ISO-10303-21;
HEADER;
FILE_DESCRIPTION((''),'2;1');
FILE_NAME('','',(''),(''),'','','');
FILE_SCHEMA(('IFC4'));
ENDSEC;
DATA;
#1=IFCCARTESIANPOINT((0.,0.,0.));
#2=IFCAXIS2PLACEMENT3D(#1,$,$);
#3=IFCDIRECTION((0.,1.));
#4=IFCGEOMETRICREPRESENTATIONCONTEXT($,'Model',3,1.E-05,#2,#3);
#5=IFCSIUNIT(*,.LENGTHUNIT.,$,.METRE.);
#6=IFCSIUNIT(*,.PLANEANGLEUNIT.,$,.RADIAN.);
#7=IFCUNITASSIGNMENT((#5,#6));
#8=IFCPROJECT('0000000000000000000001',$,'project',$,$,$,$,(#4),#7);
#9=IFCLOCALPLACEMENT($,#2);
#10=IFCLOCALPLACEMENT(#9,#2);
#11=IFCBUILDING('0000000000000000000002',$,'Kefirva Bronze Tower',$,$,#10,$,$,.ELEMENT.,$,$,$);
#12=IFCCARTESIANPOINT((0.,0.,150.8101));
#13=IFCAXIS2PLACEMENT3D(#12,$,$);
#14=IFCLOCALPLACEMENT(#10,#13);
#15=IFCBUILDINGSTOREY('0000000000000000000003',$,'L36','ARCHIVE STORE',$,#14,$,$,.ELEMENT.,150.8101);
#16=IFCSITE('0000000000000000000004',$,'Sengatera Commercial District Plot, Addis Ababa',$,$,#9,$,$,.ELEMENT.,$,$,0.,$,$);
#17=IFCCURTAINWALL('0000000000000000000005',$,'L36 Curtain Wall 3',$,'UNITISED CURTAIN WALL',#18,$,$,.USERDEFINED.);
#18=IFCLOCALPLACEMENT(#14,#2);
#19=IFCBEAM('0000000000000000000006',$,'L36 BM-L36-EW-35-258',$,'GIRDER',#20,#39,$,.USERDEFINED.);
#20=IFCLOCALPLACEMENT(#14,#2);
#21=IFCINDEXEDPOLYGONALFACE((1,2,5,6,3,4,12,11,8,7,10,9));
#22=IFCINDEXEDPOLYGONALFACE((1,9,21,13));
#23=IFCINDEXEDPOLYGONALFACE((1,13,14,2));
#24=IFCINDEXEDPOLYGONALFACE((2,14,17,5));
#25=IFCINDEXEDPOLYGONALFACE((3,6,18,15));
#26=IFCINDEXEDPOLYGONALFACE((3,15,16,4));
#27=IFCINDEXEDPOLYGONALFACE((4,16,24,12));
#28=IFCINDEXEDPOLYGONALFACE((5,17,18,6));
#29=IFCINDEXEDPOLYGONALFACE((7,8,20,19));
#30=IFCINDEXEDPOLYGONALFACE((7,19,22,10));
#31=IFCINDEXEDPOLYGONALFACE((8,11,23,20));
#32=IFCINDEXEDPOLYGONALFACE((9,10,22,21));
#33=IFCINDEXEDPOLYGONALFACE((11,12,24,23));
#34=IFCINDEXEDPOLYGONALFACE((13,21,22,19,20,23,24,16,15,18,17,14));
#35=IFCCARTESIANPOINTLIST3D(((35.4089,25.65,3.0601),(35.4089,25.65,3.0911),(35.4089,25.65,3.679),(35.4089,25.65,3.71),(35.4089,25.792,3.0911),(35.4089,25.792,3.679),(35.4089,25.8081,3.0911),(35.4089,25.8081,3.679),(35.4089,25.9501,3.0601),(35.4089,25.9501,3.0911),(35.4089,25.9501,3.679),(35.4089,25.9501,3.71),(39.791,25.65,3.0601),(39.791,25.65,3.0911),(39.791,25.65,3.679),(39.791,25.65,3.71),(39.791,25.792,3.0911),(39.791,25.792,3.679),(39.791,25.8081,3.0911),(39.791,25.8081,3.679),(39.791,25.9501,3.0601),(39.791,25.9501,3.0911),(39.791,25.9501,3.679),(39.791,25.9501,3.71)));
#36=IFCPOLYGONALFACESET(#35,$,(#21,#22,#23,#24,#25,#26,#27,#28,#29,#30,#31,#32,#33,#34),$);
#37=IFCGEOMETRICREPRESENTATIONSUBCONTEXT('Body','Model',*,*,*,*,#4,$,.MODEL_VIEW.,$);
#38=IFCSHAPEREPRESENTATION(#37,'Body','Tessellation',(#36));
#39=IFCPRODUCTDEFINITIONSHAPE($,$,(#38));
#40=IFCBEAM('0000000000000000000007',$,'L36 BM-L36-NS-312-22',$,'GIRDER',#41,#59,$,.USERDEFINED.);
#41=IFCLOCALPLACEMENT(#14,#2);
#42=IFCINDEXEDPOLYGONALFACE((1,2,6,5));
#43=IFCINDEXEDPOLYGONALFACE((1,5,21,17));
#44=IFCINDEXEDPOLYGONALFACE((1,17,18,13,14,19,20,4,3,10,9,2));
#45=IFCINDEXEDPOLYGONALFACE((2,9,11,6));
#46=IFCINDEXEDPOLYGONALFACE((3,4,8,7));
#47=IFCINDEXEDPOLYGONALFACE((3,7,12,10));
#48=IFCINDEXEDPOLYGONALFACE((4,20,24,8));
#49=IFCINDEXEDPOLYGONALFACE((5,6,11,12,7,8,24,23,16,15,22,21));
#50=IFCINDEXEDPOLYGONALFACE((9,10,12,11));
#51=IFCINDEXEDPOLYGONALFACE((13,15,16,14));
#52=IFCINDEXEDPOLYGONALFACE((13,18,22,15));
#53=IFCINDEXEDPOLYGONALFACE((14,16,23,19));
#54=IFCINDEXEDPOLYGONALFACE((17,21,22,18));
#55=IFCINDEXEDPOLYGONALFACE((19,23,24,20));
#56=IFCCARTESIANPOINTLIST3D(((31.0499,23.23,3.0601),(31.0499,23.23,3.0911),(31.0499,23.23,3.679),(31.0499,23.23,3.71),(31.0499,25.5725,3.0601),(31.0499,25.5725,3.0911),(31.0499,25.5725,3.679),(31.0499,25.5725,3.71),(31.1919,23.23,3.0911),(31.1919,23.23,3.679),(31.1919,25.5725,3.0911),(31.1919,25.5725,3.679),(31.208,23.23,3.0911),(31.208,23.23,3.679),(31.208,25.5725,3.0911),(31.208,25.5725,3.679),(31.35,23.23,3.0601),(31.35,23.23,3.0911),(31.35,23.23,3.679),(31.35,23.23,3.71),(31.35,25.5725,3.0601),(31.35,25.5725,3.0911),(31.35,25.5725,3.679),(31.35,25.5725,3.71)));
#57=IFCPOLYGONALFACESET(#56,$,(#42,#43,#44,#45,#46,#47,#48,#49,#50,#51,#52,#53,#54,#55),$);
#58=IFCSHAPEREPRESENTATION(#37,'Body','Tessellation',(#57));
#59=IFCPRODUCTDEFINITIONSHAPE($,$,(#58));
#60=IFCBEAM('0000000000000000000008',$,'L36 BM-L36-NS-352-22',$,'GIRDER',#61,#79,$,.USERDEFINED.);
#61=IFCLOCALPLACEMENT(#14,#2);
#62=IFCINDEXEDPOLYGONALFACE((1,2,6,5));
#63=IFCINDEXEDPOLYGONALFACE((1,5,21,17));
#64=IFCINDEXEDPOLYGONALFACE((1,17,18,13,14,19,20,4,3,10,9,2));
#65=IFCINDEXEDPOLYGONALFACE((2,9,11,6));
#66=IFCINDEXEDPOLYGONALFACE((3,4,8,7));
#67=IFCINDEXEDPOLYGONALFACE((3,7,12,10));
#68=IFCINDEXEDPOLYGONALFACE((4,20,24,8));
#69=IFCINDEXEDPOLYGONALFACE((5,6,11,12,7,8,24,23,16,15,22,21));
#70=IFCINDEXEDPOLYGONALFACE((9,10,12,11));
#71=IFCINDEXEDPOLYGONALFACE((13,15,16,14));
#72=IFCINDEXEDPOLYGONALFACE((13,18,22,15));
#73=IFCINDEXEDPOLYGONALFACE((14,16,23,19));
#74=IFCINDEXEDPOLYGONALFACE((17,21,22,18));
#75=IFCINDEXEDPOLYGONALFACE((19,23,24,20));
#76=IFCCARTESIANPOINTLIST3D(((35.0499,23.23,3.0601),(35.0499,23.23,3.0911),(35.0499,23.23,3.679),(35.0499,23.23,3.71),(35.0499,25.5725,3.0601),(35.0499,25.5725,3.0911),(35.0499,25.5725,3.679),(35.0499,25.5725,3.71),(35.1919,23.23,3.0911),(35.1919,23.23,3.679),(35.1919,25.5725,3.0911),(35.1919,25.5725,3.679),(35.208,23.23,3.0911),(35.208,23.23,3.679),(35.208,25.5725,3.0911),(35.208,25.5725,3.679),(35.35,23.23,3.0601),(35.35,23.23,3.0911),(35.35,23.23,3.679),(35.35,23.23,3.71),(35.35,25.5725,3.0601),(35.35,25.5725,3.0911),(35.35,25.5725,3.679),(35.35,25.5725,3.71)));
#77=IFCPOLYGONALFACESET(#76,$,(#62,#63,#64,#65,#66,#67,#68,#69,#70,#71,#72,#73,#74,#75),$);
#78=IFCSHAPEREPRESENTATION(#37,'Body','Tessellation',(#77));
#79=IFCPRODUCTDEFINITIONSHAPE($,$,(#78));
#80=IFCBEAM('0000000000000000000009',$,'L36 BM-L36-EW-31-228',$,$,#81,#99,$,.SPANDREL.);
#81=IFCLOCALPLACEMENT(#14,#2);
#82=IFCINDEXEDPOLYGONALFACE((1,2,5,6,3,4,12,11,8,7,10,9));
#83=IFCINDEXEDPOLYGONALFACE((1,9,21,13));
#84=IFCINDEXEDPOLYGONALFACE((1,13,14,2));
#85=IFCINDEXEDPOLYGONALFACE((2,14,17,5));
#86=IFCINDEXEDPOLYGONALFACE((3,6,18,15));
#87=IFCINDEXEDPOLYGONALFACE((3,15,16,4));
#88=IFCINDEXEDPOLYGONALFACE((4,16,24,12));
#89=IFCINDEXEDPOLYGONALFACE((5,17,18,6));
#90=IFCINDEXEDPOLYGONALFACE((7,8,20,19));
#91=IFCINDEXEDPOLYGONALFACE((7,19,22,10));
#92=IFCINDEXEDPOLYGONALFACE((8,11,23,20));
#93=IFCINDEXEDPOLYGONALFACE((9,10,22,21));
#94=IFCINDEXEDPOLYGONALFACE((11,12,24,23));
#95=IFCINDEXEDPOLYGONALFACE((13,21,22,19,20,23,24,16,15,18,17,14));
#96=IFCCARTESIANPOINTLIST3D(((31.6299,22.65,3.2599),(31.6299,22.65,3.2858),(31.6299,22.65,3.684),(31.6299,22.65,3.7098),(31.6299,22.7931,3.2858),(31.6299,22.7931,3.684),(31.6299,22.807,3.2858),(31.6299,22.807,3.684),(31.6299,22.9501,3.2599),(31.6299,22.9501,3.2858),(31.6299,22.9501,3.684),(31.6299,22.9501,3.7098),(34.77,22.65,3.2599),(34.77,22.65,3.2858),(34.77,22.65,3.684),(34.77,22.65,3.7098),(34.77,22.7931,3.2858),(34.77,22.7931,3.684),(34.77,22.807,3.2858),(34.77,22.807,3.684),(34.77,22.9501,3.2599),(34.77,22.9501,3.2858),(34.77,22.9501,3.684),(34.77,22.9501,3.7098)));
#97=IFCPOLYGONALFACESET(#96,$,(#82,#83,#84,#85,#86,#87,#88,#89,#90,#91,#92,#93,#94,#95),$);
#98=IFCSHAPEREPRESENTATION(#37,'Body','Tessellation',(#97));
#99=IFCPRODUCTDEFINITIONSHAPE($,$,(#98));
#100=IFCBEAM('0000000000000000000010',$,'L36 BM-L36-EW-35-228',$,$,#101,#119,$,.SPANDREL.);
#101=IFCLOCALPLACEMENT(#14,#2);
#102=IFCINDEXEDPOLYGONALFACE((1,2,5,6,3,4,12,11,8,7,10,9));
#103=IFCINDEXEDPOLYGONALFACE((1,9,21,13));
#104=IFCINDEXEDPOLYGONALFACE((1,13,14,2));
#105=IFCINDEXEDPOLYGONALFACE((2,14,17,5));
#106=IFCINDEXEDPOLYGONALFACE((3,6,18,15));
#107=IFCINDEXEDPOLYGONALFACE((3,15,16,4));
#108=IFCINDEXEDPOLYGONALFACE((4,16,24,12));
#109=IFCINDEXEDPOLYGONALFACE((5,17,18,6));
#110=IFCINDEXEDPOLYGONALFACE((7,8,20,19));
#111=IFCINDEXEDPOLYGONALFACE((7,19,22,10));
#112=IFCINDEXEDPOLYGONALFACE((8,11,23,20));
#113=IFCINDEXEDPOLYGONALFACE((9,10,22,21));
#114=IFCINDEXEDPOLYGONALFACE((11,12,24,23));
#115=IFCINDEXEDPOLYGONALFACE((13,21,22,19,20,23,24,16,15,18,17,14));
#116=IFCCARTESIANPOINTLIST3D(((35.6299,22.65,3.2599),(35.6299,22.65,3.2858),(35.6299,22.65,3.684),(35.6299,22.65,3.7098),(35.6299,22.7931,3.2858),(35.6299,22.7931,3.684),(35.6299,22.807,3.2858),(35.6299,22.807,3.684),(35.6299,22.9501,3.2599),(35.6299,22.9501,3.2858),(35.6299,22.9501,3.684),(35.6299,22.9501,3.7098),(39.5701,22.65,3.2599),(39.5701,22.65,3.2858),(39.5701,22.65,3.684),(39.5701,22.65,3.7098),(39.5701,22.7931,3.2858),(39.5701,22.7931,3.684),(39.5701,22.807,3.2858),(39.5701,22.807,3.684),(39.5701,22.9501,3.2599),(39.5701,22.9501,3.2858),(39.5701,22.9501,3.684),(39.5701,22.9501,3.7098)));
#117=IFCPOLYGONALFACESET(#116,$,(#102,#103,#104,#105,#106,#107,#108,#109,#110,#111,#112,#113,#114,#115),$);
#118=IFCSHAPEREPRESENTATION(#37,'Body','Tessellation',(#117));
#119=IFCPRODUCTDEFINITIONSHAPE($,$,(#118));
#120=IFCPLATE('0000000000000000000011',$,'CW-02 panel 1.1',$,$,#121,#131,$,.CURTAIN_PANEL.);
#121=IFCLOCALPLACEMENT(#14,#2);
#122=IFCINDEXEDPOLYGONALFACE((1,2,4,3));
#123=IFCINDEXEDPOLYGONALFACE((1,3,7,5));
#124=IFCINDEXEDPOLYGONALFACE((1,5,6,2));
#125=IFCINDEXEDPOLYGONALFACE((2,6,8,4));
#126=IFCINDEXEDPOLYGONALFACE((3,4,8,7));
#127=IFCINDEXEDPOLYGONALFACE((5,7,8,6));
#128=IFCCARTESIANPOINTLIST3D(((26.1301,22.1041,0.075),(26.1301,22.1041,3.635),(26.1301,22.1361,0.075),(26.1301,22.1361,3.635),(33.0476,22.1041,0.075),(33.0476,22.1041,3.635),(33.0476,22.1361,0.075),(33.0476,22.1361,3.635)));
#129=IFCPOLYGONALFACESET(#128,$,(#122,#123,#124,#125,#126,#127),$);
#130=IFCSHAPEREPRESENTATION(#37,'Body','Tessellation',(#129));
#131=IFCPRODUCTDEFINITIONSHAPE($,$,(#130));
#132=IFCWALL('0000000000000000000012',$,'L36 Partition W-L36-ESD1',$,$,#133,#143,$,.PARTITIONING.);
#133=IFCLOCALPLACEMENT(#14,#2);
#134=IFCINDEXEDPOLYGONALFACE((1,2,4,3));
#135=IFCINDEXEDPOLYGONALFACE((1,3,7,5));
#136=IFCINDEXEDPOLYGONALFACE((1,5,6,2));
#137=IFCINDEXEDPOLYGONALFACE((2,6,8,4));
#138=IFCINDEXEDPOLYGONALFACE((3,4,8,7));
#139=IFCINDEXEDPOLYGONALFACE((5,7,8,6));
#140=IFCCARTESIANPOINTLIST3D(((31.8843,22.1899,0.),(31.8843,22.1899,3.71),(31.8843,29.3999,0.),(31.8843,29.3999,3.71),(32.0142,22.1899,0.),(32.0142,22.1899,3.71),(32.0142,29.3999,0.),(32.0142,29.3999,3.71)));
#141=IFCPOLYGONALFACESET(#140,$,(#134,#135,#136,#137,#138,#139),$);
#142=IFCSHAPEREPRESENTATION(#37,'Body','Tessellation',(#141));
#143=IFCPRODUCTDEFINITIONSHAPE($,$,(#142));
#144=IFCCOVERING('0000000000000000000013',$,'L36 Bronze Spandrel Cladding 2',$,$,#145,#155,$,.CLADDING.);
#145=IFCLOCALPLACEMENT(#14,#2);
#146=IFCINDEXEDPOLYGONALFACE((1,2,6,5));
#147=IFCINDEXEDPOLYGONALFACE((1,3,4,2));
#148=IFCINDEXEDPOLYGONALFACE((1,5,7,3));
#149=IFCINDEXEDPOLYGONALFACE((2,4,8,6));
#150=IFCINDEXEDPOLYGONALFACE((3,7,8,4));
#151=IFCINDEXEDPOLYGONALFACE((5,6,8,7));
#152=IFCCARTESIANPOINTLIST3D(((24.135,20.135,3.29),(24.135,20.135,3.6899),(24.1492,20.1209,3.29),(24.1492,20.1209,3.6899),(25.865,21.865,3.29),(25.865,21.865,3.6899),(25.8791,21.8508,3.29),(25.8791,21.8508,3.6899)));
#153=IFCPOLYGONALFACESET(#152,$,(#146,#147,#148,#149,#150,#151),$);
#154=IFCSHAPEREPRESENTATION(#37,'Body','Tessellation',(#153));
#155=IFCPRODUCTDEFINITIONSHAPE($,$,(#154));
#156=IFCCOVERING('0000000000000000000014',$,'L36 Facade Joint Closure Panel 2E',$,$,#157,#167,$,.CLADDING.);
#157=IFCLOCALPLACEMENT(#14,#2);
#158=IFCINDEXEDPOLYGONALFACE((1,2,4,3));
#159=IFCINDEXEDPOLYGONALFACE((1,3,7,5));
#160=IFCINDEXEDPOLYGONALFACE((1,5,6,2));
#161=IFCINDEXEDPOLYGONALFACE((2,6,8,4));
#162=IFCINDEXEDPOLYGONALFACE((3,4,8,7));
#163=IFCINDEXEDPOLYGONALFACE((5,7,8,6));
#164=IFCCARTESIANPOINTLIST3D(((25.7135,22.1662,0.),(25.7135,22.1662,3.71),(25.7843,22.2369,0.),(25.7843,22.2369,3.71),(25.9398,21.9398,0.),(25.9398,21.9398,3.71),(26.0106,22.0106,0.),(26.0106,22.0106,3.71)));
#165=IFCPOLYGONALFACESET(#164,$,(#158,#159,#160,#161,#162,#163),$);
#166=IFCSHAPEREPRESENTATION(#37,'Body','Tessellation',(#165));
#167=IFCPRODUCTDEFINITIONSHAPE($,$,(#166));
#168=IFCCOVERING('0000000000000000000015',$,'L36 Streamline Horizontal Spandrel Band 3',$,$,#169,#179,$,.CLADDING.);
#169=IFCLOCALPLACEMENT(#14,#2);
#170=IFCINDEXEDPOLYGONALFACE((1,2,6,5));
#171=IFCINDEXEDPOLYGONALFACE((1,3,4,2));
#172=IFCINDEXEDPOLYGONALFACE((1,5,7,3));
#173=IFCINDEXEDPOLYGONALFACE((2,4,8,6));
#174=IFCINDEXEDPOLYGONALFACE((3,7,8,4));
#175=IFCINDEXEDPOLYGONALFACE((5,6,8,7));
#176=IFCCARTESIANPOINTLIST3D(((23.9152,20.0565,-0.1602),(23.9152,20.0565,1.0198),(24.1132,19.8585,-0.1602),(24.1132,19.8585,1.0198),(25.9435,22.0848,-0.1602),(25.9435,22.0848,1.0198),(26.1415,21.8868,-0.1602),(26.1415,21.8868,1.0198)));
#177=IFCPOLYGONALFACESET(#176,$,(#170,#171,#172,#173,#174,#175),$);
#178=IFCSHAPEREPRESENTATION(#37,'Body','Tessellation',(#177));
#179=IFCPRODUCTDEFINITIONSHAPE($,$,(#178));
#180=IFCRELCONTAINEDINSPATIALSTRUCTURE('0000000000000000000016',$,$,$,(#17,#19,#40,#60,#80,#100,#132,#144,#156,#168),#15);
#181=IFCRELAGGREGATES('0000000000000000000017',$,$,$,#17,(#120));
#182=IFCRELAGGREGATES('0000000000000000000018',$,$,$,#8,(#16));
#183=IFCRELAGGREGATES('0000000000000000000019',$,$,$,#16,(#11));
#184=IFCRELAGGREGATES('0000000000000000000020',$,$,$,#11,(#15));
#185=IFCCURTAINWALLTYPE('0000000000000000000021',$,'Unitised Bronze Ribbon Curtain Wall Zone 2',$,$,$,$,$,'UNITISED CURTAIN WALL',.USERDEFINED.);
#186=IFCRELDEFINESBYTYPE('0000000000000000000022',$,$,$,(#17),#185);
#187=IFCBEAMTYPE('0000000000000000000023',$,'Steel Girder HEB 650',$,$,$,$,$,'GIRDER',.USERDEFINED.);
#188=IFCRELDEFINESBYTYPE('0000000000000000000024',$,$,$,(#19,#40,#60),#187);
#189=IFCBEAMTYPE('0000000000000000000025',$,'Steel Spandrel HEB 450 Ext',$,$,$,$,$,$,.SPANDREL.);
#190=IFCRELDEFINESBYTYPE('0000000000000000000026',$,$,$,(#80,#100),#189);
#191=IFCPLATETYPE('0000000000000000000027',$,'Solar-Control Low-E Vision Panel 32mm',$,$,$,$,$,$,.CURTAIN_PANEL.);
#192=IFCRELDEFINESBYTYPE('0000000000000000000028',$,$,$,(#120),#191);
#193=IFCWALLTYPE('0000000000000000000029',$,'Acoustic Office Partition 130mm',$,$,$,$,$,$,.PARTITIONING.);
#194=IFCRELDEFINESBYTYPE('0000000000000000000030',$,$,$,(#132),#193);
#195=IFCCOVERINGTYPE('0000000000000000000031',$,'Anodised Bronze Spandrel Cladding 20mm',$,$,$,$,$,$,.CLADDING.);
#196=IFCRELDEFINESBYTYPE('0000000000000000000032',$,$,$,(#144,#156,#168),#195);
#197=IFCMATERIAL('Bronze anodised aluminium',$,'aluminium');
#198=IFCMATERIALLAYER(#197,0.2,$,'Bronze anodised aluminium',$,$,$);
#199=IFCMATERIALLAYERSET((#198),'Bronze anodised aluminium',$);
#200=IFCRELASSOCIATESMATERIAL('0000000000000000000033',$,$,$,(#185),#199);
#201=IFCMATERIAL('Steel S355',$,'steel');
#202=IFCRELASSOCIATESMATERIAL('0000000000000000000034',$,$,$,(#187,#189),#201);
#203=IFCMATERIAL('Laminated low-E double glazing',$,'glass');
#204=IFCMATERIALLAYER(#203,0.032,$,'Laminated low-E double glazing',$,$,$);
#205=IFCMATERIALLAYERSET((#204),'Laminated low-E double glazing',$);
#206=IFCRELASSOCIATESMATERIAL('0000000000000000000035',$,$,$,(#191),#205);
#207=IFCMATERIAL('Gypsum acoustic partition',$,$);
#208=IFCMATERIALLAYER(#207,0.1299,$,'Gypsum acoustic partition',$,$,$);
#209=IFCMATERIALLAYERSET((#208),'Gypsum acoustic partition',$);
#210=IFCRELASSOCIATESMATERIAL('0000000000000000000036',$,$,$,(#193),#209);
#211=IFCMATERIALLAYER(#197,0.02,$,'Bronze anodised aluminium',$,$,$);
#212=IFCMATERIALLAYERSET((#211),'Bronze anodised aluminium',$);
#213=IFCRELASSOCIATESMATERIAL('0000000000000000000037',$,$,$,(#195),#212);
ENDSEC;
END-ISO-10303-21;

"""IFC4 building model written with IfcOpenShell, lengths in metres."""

from ifc_helpers import new_model, si_unit, direction, frame, frame_2d, origin, origin_2d, place, context, subcontext, project, spatial, rectangle, i_section, extrude, material, layer, layer_set, material_profile, profile_set, type_object, element, aggregate, save


model = new_model("IFC4")

# Units and contexts
model_context = context("Model", 3, precision=1e-05, world=origin(), true_north=direction((0.0, 1.0)))
body_context = subcontext(model_context, "Body", "Model", "MODEL_VIEW")
ifc_project = project(units=[si_unit("LENGTHUNIT", "METRE"), si_unit("PLANEANGLEUNIT", "RADIAN")], contexts=[model_context])

# Site, building, storey
site_placement = place(None, origin())
site = spatial("IfcSite", under=ifc_project, at=site_placement, Name="Sengatera Commercial District Plot, Addis Ababa", CompositionType="ELEMENT", RefElevation=0.0)
building_placement = place(site_placement, origin())
building = spatial("IfcBuilding", under=site, at=building_placement, Name="Kefirva Bronze Tower", CompositionType="ELEMENT")
storey_placement = place(building_placement, frame((0.0, 0.0, 150.8101)))
storey = spatial("IfcBuildingStorey", under=building, at=storey_placement, Name="L36", Description="ARCHIVE STORE", CompositionType="ELEMENT", Elevation=150.8101)

# Curtain wall
ifc_material_1 = material(Name="Bronze anodised aluminium", Category="aluminium")
ifc_layer_1 = layer(ifc_material_1, 0.2, Name="Bronze anodised aluminium")
ifc_layer_set_1 = layer_set([ifc_layer_1], Name="Bronze anodised aluminium")
curtain_wall_type = type_object("IfcCurtainWallType", Name="Unitised Bronze Ribbon Curtain Wall Zone 2", ElementType="UNITISED CURTAIN WALL", PredefinedType="USERDEFINED", material=ifc_layer_set_1)
curtain_wall_placement = place(storey_placement, origin())
curtain_wall = element("IfcCurtainWall", 1, at=curtain_wall_placement, inside=storey, type_object=curtain_wall_type, Name="L36 Curtain Wall 3", ObjectType="UNITISED CURTAIN WALL", PredefinedType="USERDEFINED")

# Beams
ifc_material_2 = material(Name="Steel S355", Category="steel")
ifc_material_profile_1 = material_profile(ifc_material_2, i_section(OverallWidth=0.3, OverallDepth=0.6499, WebThickness=0.0161, FlangeThickness=0.031, at=origin_2d()), Name="HEB 650")
ifc_profile_set_1 = profile_set([ifc_material_profile_1], Name="Steel S355")
beam_type_1 = type_object("IfcBeamType", Name="Steel Girder HEB 650", ElementType="GIRDER", PredefinedType="USERDEFINED", material=ifc_profile_set_1)
beam_1_placement = place(storey_placement, frame((35.4089, 25.8, 3.385), z_axis=(1.0, 0.0, 0.0), x_axis=(0.0, 1.0, 0.0)))
element("IfcBeam", 2, at=beam_1_placement, inside=storey, type_object=beam_type_1, Name="L36 BM-L36-EW-35-258", ObjectType="GIRDER", PredefinedType="USERDEFINED", context=body_context, shape_type="SweptSolid", body=[
    extrude(i_section(OverallWidth=0.3, OverallDepth=0.6499, WebThickness=0.0161, FlangeThickness=0.031, at=origin_2d()), origin(), (0.0, 0.0, 1.0), 4.3821),
])
for number, where, z_axis, x_axis, name in (
    (3, (31.2, 23.23, 3.385), (0.0, 1.0, 0.0), (-1.0, 0.0, 0.0), "L36 BM-L36-NS-312-22"),
    (4, (35.2, 23.23, 3.385), (0.0, 1.0, 0.0), (-1.0, 0.0, 0.0), "L36 BM-L36-NS-352-22"),
):
    element("IfcBeam", number, at=place(storey_placement, frame(where, z_axis=z_axis, x_axis=x_axis)), inside=storey, type_object=beam_type_1, Name=name, ObjectType="GIRDER", PredefinedType="USERDEFINED", context=body_context, shape_type="SweptSolid", body=[
        extrude(i_section(OverallWidth=0.3, OverallDepth=0.6499, WebThickness=0.0161, FlangeThickness=0.031, at=origin_2d()), origin(), (0.0, 0.0, 1.0), 2.3425),
    ])
ifc_material_profile_2 = material_profile(ifc_material_2, i_section(OverallWidth=0.3, OverallDepth=0.45, WebThickness=0.0139, FlangeThickness=0.0259, at=origin_2d()), Name="HEB 450")
ifc_profile_set_2 = profile_set([ifc_material_profile_2], Name="Steel S355")
beam_type_2 = type_object("IfcBeamType", Name="Steel Spandrel HEB 450 Ext", PredefinedType="SPANDREL", material=ifc_profile_set_2)
beam_2_placement = place(storey_placement, frame((31.6299, 22.8, 3.4849), z_axis=(1.0, 0.0, 0.0), x_axis=(0.0, 1.0, 0.0)))
element("IfcBeam", 5, at=beam_2_placement, inside=storey, type_object=beam_type_2, Name="L36 BM-L36-EW-31-228", PredefinedType="SPANDREL", context=body_context, shape_type="SweptSolid", body=[
    extrude(i_section(OverallWidth=0.3, OverallDepth=0.45, WebThickness=0.0139, FlangeThickness=0.0259, at=origin_2d()), origin(), (0.0, 0.0, 1.0), 3.1401),
])
beam_3_placement = place(storey_placement, frame((35.6299, 22.8, 3.4849), z_axis=(1.0, 0.0, 0.0), x_axis=(0.0, 1.0, 0.0)))
element("IfcBeam", 6, at=beam_3_placement, inside=storey, type_object=beam_type_2, Name="L36 BM-L36-EW-35-228", PredefinedType="SPANDREL", context=body_context, shape_type="SweptSolid", body=[
    extrude(i_section(OverallWidth=0.3, OverallDepth=0.45, WebThickness=0.0139, FlangeThickness=0.0259, at=origin_2d()), origin(), (0.0, 0.0, 1.0), 3.9402),
])

# Plate
ifc_material_3 = material(Name="Laminated low-E double glazing", Category="glass")
ifc_layer_2 = layer(ifc_material_3, 0.032, Name="Laminated low-E double glazing")
ifc_layer_set_2 = layer_set([ifc_layer_2], Name="Laminated low-E double glazing")
plate_type = type_object("IfcPlateType", Name="Solar-Control Low-E Vision Panel 32mm", PredefinedType="CURTAIN_PANEL", material=ifc_layer_set_2)
plate_placement = place(storey_placement, frame((29.5889, 22.1201, 0.075), z_axis=(0.0, 0.0, 1.0), x_axis=(1.0, 0.0, 0.0)))
plate = element("IfcPlate", 7, at=plate_placement, type_object=plate_type, Name="CW-02 panel 1.1", PredefinedType="CURTAIN_PANEL", context=body_context, shape_type="SweptSolid", body=[
    extrude(rectangle(XDim=6.9175, YDim=0.032, at=origin_2d()), origin(), (0.0, 0.0, 1.0), 3.5601),
])
aggregate(curtain_wall, [plate])

# Wall
ifc_material_4 = material(Name="Gypsum acoustic partition")
ifc_layer_3 = layer(ifc_material_4, 0.1299, Name="Gypsum acoustic partition")
ifc_layer_set_3 = layer_set([ifc_layer_3], Name="Gypsum acoustic partition")
wall_type = type_object("IfcWallType", Name="Acoustic Office Partition 130mm", PredefinedType="PARTITIONING", material=ifc_layer_set_3)
wall_placement = place(storey_placement, frame((31.9492, 22.1899, 0.0), z_axis=(0.0, 0.0, 1.0), x_axis=(0.0, 1.0, 0.0)))
element("IfcWall", 8, at=wall_placement, inside=storey, type_object=wall_type, Name="L36 Partition W-L36-ESD1", PredefinedType="PARTITIONING", context=body_context, shape_type="SweptSolid", body=[
    extrude(rectangle(XDim=7.21, YDim=0.1299, at=frame_2d((3.605, 0.0))), origin(), (0.0, 0.0, 1.0), 3.71),
])

# Coverings
ifc_layer_4 = layer(ifc_material_1, 0.02, Name="Bronze anodised aluminium")
ifc_layer_set_4 = layer_set([ifc_layer_4], Name="Bronze anodised aluminium")
covering_type_1 = type_object("IfcCoveringType", Name="Anodised Bronze Spandrel Cladding 20mm", PredefinedType="CLADDING", material=ifc_layer_set_4)
covering_1_placement = place(storey_placement, frame((25.0071, 20.9929, 3.29), z_axis=(0.0, 0.0, 1.0), x_axis=(0.707107, 0.707107, 0.0)))
element("IfcCovering", 9, at=covering_1_placement, inside=storey, type_object=covering_type_1, Name="L36 Bronze Spandrel Cladding 2", PredefinedType="CLADDING", context=body_context, shape_type="SweptSolid", body=[
    extrude(rectangle(XDim=2.4465, YDim=0.02, at=origin_2d()), origin(), (0.0, 0.0, 1.0), 0.3999),
])
covering_2_placement = place(storey_placement, frame((25.8621, 22.0884, 0.0), z_axis=(0.0, 0.0, 1.0), x_axis=(0.707107, 0.707107, 0.0)))
element("IfcCovering", 10, at=covering_2_placement, inside=storey, type_object=covering_type_1, Name="L36 Facade Joint Closure Panel 2E", PredefinedType="CLADDING", context=body_context, shape_type="SweptSolid", body=[
    extrude(rectangle(XDim=0.1001, YDim=0.3201, at=origin_2d()), origin(), (0.0, 0.0, 1.0), 3.71),
])
covering_3_placement = place(storey_placement, frame((25.0283, 20.9717, -0.1602), z_axis=(0.0, 0.0, 1.0), x_axis=(0.707107, 0.707107, 0.0)))
element("IfcCovering", 11, at=covering_3_placement, inside=storey, type_object=covering_type_1, Name="L36 Streamline Horizontal Spandrel Band 3", PredefinedType="CLADDING", context=body_context, shape_type="SweptSolid", body=[
    extrude(rectangle(XDim=2.8684, YDim=0.28, at=origin_2d()), origin(), (0.0, 0.0, 1.0), 1.1799),
])

save(model, "model.ifc")
